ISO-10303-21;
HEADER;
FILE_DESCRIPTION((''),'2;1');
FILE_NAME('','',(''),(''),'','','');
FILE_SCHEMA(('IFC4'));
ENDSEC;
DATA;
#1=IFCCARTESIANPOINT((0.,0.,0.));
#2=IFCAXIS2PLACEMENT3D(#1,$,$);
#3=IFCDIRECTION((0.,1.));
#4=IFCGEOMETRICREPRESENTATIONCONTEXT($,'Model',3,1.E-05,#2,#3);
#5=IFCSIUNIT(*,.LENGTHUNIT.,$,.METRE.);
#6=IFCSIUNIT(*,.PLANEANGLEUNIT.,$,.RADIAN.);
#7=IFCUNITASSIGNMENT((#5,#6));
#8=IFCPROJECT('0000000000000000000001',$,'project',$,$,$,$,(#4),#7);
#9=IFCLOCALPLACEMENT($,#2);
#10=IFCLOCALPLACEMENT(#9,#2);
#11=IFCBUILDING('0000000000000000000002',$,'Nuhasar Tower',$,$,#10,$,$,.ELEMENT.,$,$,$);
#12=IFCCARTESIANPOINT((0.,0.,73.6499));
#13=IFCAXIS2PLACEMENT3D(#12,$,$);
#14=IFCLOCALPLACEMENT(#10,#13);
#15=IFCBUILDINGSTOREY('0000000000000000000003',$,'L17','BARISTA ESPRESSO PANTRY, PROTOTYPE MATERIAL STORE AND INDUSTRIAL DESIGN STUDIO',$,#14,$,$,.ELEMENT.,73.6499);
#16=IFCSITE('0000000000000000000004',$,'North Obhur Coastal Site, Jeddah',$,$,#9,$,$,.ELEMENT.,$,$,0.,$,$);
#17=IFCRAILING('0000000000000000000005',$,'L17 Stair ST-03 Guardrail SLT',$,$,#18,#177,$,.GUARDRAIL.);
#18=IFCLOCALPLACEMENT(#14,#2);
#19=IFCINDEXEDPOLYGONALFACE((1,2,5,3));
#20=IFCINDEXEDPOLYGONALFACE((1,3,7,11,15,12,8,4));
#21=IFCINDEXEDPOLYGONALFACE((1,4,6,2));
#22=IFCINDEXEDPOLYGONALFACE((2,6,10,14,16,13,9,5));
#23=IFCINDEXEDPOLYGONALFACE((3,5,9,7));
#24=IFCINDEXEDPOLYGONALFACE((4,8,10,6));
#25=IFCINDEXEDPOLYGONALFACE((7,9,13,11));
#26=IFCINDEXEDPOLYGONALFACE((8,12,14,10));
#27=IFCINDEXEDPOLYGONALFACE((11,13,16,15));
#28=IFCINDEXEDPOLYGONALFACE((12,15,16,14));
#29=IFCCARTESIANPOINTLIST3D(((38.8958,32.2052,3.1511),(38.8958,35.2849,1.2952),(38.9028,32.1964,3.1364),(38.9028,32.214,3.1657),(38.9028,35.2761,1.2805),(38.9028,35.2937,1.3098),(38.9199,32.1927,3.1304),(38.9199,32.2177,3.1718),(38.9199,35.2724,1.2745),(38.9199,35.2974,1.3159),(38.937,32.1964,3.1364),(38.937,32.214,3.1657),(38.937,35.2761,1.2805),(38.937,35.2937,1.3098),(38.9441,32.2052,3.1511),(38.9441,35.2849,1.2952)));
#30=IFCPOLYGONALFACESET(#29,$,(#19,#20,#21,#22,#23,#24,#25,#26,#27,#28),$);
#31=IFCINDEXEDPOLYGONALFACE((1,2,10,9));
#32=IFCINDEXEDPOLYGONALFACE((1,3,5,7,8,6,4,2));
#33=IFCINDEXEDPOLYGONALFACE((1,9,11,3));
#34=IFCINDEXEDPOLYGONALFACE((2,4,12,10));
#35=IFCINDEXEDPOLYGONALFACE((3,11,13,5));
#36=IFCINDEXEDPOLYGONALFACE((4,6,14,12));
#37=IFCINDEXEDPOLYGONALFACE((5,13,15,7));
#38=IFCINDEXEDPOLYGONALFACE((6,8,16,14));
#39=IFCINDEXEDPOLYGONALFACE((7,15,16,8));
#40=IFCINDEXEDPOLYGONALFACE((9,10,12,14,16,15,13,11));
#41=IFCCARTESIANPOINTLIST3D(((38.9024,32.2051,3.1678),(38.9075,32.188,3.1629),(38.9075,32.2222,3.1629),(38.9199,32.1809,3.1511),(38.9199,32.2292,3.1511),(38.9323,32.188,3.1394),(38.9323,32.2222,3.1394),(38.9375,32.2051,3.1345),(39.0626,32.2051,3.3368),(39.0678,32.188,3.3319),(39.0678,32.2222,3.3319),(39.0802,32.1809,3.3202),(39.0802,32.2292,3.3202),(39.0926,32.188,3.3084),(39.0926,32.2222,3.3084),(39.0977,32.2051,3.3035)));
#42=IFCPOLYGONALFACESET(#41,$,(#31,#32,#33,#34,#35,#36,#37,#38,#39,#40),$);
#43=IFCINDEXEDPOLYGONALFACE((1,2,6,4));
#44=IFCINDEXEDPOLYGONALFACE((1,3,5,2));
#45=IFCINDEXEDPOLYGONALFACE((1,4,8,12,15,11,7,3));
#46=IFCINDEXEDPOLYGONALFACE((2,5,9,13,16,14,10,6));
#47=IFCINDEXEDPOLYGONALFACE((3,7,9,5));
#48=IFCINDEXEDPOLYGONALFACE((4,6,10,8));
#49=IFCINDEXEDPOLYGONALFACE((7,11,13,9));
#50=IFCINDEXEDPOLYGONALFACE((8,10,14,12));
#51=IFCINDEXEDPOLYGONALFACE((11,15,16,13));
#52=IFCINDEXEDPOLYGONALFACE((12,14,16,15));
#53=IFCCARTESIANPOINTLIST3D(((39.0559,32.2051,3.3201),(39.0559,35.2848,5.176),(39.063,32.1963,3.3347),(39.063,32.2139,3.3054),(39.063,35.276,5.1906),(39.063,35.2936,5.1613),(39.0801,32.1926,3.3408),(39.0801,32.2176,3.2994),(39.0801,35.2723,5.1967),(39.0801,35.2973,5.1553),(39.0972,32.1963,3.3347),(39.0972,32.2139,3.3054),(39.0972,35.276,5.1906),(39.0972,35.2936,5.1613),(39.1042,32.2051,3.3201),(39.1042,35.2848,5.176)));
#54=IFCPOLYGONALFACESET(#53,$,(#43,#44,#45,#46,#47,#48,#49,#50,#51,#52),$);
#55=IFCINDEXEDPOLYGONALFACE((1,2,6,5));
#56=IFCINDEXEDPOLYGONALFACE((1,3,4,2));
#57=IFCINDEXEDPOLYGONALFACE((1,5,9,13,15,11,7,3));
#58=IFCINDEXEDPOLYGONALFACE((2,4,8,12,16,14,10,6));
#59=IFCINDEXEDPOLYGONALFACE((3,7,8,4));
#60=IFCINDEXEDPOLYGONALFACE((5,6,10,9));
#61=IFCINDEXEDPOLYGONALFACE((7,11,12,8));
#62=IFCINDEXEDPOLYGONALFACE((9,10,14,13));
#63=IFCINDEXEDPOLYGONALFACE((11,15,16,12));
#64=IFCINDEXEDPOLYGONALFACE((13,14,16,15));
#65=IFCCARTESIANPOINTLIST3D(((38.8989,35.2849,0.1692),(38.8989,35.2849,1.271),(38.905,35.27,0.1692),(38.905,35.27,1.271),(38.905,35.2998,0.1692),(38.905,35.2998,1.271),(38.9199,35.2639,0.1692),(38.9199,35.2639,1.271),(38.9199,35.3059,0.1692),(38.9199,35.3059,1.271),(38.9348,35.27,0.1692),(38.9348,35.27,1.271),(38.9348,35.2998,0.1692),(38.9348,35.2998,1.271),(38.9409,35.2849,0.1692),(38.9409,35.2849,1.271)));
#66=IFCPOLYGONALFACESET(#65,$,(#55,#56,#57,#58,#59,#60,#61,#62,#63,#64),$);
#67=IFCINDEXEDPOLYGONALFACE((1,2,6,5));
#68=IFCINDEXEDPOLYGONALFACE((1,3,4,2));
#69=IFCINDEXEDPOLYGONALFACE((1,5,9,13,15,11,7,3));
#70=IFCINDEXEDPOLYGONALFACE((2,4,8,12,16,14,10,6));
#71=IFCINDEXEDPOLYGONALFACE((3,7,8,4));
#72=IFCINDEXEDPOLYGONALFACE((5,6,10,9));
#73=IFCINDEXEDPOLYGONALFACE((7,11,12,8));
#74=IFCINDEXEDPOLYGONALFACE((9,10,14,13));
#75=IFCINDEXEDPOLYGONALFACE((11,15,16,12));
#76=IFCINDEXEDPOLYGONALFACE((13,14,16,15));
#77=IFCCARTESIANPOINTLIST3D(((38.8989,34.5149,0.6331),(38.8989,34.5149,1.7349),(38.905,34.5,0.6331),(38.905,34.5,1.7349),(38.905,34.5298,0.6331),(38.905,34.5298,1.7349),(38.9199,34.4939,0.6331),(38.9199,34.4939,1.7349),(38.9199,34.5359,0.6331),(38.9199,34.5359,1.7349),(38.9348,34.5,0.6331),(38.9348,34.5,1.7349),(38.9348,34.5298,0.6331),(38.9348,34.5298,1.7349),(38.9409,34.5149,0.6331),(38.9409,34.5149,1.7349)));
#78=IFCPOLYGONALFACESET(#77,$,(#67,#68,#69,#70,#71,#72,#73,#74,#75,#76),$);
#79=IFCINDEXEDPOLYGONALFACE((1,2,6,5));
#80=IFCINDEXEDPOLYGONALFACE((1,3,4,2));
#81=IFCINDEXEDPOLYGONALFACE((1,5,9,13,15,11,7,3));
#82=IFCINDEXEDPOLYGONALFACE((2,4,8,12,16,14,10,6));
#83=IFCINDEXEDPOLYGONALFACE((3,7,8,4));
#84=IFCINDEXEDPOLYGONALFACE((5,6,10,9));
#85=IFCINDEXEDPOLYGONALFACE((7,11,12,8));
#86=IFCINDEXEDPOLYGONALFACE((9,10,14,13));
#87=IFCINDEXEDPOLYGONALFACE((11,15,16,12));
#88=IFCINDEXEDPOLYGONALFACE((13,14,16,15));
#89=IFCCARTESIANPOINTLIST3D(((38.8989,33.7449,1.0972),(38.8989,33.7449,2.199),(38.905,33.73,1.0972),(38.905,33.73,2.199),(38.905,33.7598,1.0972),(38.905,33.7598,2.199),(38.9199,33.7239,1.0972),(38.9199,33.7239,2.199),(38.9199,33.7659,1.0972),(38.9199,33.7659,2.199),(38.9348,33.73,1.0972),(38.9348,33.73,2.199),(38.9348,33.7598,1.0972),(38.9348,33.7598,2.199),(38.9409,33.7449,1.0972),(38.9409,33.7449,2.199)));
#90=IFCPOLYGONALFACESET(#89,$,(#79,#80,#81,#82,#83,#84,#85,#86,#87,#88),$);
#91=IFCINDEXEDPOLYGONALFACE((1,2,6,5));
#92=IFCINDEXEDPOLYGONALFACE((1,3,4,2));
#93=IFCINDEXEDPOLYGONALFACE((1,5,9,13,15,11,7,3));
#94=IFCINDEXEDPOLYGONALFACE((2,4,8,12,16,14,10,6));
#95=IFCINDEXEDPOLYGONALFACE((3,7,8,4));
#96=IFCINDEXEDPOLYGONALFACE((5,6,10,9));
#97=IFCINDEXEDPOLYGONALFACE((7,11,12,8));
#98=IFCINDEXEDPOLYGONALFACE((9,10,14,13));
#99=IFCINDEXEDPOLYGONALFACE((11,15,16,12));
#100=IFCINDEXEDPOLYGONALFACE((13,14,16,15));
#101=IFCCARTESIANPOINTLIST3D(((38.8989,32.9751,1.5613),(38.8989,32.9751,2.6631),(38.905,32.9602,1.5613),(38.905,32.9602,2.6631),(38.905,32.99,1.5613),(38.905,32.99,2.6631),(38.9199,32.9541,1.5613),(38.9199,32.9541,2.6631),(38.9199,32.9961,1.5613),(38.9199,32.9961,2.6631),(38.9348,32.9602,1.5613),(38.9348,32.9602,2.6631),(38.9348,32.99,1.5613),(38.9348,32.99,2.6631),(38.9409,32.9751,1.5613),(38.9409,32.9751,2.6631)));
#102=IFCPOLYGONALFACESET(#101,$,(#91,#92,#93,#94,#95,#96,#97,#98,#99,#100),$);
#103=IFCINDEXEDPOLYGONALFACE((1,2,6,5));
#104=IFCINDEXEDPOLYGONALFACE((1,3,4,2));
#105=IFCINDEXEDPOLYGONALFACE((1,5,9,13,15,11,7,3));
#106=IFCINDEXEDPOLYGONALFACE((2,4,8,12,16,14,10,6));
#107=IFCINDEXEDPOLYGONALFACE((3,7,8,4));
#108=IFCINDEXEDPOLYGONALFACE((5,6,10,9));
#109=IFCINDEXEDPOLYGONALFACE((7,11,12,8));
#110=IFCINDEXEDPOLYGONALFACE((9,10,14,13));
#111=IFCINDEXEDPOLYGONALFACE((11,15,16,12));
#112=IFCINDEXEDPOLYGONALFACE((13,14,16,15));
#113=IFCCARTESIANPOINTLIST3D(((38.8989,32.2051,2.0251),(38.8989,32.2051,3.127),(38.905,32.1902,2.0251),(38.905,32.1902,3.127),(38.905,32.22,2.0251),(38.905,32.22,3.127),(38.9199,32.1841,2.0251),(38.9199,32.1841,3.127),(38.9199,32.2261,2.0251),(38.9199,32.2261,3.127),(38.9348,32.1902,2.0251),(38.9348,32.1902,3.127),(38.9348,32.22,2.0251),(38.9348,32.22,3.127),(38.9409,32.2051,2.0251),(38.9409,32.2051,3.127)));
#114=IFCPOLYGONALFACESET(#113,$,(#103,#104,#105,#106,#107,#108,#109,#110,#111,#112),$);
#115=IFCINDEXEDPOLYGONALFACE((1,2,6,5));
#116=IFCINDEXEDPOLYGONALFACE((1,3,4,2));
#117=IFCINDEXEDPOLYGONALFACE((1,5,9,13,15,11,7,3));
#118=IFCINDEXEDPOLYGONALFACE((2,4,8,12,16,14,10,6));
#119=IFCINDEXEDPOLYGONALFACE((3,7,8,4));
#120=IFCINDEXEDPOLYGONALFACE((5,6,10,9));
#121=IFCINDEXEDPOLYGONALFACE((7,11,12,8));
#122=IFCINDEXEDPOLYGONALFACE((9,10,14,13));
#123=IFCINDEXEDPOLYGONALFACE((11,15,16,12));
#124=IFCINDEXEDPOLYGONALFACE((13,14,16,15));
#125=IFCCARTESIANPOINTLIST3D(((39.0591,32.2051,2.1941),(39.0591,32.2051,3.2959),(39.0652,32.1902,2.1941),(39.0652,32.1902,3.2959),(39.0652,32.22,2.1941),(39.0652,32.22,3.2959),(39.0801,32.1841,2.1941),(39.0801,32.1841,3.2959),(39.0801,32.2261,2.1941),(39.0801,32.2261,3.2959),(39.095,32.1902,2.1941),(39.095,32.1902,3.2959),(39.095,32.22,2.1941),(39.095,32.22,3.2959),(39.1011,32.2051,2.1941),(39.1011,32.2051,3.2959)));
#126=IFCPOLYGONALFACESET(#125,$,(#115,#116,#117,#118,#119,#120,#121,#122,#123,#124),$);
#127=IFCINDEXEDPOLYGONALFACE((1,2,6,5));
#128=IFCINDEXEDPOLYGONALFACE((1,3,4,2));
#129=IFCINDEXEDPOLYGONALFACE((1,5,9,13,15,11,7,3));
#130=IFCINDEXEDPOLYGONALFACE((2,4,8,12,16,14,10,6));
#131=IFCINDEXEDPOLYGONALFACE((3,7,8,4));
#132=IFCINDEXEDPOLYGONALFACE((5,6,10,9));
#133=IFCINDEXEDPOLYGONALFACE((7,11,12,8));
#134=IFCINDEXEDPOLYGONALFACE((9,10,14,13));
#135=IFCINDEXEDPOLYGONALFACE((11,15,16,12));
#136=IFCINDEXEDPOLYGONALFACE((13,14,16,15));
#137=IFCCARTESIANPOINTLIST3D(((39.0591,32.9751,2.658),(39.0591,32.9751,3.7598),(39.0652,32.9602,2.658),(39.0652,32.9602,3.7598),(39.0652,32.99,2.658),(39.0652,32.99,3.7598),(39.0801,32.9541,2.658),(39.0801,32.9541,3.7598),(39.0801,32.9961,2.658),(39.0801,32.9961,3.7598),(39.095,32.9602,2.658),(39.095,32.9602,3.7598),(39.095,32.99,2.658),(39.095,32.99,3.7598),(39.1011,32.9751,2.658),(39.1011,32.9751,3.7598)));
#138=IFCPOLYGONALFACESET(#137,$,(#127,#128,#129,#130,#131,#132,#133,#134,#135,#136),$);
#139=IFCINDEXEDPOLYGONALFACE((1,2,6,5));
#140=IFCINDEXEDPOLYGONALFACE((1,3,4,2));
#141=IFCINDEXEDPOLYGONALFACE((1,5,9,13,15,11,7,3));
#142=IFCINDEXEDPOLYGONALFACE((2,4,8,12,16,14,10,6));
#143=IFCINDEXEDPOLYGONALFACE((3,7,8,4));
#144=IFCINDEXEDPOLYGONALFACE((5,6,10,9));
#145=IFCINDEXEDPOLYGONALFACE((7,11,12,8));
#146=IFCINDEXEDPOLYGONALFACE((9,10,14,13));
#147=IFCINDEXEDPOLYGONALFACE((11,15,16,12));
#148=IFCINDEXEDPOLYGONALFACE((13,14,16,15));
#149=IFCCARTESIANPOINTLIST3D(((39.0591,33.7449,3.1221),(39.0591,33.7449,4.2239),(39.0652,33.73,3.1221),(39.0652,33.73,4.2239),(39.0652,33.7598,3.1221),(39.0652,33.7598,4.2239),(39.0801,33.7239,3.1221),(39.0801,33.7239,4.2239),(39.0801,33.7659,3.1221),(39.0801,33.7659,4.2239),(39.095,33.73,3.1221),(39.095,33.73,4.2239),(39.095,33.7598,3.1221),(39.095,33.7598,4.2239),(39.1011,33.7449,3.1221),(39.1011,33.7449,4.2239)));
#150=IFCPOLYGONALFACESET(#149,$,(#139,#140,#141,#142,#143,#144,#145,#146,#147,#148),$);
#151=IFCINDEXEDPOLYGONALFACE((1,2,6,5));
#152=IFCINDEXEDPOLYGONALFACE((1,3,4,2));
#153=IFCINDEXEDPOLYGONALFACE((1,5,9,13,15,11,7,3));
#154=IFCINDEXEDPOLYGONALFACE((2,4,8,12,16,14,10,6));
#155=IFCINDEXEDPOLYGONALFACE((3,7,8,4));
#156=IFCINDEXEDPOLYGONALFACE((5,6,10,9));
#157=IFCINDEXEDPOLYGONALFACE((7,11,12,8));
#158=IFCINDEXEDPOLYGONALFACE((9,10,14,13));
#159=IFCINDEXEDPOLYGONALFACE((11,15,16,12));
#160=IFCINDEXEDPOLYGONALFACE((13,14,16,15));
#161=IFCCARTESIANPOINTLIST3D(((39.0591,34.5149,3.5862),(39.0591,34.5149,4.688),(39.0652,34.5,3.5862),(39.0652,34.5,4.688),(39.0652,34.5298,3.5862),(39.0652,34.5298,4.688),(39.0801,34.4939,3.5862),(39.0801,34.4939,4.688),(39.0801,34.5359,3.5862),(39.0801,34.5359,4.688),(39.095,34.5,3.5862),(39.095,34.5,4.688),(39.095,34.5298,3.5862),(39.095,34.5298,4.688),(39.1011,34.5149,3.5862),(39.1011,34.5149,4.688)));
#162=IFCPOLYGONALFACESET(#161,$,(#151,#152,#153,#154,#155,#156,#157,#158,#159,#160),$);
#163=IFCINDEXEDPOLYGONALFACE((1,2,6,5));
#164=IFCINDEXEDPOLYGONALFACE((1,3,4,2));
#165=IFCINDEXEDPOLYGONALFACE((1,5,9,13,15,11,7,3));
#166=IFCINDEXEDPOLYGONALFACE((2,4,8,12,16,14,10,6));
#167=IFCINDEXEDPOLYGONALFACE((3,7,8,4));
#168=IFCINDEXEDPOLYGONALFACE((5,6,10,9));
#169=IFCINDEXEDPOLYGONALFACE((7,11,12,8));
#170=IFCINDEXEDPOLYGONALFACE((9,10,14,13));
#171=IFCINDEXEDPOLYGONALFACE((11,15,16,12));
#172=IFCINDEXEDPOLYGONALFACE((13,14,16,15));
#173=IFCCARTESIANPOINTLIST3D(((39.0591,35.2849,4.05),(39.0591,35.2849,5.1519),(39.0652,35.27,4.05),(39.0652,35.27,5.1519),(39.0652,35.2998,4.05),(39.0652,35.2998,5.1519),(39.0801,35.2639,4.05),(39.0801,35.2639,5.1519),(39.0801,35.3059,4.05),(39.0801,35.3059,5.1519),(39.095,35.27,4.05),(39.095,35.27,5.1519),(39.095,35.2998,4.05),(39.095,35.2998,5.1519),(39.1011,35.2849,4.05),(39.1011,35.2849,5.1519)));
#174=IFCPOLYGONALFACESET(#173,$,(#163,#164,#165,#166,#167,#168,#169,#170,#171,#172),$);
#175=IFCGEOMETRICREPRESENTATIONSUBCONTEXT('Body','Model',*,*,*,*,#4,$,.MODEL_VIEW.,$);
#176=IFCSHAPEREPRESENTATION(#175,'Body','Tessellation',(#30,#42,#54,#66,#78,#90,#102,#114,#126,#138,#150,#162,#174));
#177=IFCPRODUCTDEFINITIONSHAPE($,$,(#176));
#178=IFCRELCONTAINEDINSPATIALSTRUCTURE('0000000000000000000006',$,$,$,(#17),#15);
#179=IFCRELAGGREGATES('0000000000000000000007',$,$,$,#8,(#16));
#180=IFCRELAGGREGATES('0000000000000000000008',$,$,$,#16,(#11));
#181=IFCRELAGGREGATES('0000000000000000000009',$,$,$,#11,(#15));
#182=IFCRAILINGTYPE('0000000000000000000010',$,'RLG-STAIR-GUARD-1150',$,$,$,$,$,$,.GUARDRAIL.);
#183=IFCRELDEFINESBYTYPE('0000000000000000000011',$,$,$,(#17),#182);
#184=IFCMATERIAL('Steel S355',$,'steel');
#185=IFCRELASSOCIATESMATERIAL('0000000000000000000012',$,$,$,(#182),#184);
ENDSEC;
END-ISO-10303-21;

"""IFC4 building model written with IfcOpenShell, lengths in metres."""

from ifc_helpers import new_model, si_unit, direction, frame, origin, place, context, subcontext, project, spatial, polyline, outline, extrude, material, type_object, element, save


model = new_model("IFC4")

# Units and contexts
model_context = context("Model", 3, precision=1e-05, world=origin(), true_north=direction((0.0, 1.0)))
body_context = subcontext(model_context, "Body", "Model", "MODEL_VIEW")
ifc_project = project(units=[si_unit("LENGTHUNIT", "METRE"), si_unit("PLANEANGLEUNIT", "RADIAN")], contexts=[model_context])

# Site, building, storey
site_placement = place(None, origin())
site = spatial("IfcSite", under=ifc_project, at=site_placement, Name="North Obhur Coastal Site, Jeddah", CompositionType="ELEMENT", RefElevation=0.0)
building_placement = place(site_placement, origin())
building = spatial("IfcBuilding", under=site, at=building_placement, Name="Nuhasar Tower", CompositionType="ELEMENT")
storey_placement = place(building_placement, frame((0.0, 0.0, 73.6499)))
storey = spatial("IfcBuildingStorey", under=building, at=storey_placement, Name="L17", Description="BARISTA ESPRESSO PANTRY, PROTOTYPE MATERIAL STORE AND INDUSTRIAL DESIGN STUDIO", CompositionType="ELEMENT", Elevation=73.6499)

# Shared definitions
ifc_material_1 = material(Name="Steel S355", Category="steel")

# Railing
railing_type_1 = type_object("IfcRailingType", Name="RLG-STAIR-GUARD-1150", PredefinedType="GUARDRAIL", material=ifc_material_1)
railing_1_placement = place(storey_placement, frame((38.9199, 35.2849, 0.1692)))
element("IfcRailing", 1, at=railing_1_placement, inside=storey, type_object=railing_type_1, Name="L17 Stair ST-03 Guardrail SLT", PredefinedType="GUARDRAIL", context=body_context, shape_type="SweptSolid", body=[
    extrude(outline(polyline([(0.0242, 0.0), (0.0171, 0.0171), (0.0, 0.0242), (-0.0171, 0.0171), (-0.0242, 0.0), (-0.0171, -0.0171), (0.0, -0.0242), (0.0171, -0.0171), (0.0242, 0.0)])), frame((0.0, 0.0, 1.126), z_axis=(0.0, -0.856503, 0.516142), x_axis=(1.0, 0.0, 0.0)), (0.0, 0.0, 1.0), 3.5957),
    extrude(outline(polyline([(0.0242, 0.0), (0.0171, 0.0171), (0.0, 0.0242), (-0.0171, 0.0171), (-0.0242, 0.0), (-0.0171, -0.0171), (0.0, -0.0242), (0.0171, -0.0171), (0.0242, 0.0)])), frame((0.0, -3.0798, 2.9819), z_axis=(0.687977, 0.0, 0.725732), x_axis=(0.0, 1.0, 0.0)), (0.0, 0.0, 1.0), 0.2329),
    extrude(outline(polyline([(0.0242, 0.0), (0.0171, 0.0171), (0.0, 0.0242), (-0.0171, 0.0171), (-0.0242, 0.0), (-0.0171, -0.0171), (0.0, -0.0242), (0.0171, -0.0171), (0.0242, 0.0)])), frame((0.1602, -3.0798, 3.1509), z_axis=(0.0, 0.856503, 0.516142), x_axis=(-1.0, 0.0, 0.0)), (0.0, 0.0, 1.0), 3.5957),
    extrude(outline(polyline([(0.021, 0.0), (0.0149, 0.0149), (0.0, 0.021), (-0.0149, 0.0149), (-0.021, 0.0), (-0.0149, -0.0149), (0.0, -0.021), (0.0149, -0.0149), (0.021, 0.0)])), origin(), (0.0, 0.0, 1.0), 1.1018),
    extrude(outline(polyline([(0.021, 0.0), (0.0149, 0.0149), (0.0, 0.021), (-0.0149, 0.0149), (-0.021, 0.0), (-0.0149, -0.0149), (0.0, -0.021), (0.0149, -0.0149), (0.021, 0.0)])), frame((0.0, -0.77, 0.4639)), (0.0, 0.0, 1.0), 1.1018),
    extrude(outline(polyline([(0.021, 0.0), (0.0149, 0.0149), (0.0, 0.021), (-0.0149, 0.0149), (-0.021, 0.0), (-0.0149, -0.0149), (0.0, -0.021), (0.0149, -0.0149), (0.021, 0.0)])), frame((0.0, -1.54, 0.928)), (0.0, 0.0, 1.0), 1.1018),
    extrude(outline(polyline([(0.021, 0.0), (0.0149, 0.0149), (0.0, 0.021), (-0.0149, 0.0149), (-0.021, 0.0), (-0.0149, -0.0149), (0.0, -0.021), (0.0149, -0.0149), (0.021, 0.0)])), frame((0.0, -2.3098, 1.3921)), (0.0, 0.0, 1.0), 1.1018),
    extrude(outline(polyline([(0.021, 0.0), (0.0149, 0.0149), (0.0, 0.021), (-0.0149, 0.0149), (-0.021, 0.0), (-0.0149, -0.0149), (0.0, -0.021), (0.0149, -0.0149), (0.021, 0.0)])), frame((0.0, -3.0798, 1.856)), (0.0, 0.0, 1.0), 1.1018),
    extrude(outline(polyline([(0.021, 0.0), (0.0149, 0.0149), (0.0, 0.021), (-0.0149, 0.0149), (-0.021, 0.0), (-0.0149, -0.0149), (0.0, -0.021), (0.0149, -0.0149), (0.021, 0.0)])), frame((0.1602, -3.0798, 2.0249)), (0.0, 0.0, 1.0), 1.1018),
    extrude(outline(polyline([(0.021, 0.0), (0.0149, 0.0149), (0.0, 0.021), (-0.0149, 0.0149), (-0.021, 0.0), (-0.0149, -0.0149), (0.0, -0.021), (0.0149, -0.0149), (0.021, 0.0)])), frame((0.1602, -2.3098, 2.4888)), (0.0, 0.0, 1.0), 1.1018),
    extrude(outline(polyline([(0.021, 0.0), (0.0149, 0.0149), (0.0, 0.021), (-0.0149, 0.0149), (-0.021, 0.0), (-0.0149, -0.0149), (0.0, -0.021), (0.0149, -0.0149), (0.021, 0.0)])), frame((0.1602, -1.54, 2.9529)), (0.0, 0.0, 1.0), 1.1018),
    extrude(outline(polyline([(0.021, 0.0), (0.0149, 0.0149), (0.0, 0.021), (-0.0149, 0.0149), (-0.021, 0.0), (-0.0149, -0.0149), (0.0, -0.021), (0.0149, -0.0149), (0.021, 0.0)])), frame((0.1602, -0.77, 3.417)), (0.0, 0.0, 1.0), 1.1018),
    extrude(outline(polyline([(0.021, 0.0), (0.0149, 0.0149), (0.0, 0.021), (-0.0149, 0.0149), (-0.021, 0.0), (-0.0149, -0.0149), (0.0, -0.021), (0.0149, -0.0149), (0.021, 0.0)])), frame((0.1602, 0.0, 3.8809)), (0.0, 0.0, 1.0), 1.1018),
])

save(model, "model.ifc")
